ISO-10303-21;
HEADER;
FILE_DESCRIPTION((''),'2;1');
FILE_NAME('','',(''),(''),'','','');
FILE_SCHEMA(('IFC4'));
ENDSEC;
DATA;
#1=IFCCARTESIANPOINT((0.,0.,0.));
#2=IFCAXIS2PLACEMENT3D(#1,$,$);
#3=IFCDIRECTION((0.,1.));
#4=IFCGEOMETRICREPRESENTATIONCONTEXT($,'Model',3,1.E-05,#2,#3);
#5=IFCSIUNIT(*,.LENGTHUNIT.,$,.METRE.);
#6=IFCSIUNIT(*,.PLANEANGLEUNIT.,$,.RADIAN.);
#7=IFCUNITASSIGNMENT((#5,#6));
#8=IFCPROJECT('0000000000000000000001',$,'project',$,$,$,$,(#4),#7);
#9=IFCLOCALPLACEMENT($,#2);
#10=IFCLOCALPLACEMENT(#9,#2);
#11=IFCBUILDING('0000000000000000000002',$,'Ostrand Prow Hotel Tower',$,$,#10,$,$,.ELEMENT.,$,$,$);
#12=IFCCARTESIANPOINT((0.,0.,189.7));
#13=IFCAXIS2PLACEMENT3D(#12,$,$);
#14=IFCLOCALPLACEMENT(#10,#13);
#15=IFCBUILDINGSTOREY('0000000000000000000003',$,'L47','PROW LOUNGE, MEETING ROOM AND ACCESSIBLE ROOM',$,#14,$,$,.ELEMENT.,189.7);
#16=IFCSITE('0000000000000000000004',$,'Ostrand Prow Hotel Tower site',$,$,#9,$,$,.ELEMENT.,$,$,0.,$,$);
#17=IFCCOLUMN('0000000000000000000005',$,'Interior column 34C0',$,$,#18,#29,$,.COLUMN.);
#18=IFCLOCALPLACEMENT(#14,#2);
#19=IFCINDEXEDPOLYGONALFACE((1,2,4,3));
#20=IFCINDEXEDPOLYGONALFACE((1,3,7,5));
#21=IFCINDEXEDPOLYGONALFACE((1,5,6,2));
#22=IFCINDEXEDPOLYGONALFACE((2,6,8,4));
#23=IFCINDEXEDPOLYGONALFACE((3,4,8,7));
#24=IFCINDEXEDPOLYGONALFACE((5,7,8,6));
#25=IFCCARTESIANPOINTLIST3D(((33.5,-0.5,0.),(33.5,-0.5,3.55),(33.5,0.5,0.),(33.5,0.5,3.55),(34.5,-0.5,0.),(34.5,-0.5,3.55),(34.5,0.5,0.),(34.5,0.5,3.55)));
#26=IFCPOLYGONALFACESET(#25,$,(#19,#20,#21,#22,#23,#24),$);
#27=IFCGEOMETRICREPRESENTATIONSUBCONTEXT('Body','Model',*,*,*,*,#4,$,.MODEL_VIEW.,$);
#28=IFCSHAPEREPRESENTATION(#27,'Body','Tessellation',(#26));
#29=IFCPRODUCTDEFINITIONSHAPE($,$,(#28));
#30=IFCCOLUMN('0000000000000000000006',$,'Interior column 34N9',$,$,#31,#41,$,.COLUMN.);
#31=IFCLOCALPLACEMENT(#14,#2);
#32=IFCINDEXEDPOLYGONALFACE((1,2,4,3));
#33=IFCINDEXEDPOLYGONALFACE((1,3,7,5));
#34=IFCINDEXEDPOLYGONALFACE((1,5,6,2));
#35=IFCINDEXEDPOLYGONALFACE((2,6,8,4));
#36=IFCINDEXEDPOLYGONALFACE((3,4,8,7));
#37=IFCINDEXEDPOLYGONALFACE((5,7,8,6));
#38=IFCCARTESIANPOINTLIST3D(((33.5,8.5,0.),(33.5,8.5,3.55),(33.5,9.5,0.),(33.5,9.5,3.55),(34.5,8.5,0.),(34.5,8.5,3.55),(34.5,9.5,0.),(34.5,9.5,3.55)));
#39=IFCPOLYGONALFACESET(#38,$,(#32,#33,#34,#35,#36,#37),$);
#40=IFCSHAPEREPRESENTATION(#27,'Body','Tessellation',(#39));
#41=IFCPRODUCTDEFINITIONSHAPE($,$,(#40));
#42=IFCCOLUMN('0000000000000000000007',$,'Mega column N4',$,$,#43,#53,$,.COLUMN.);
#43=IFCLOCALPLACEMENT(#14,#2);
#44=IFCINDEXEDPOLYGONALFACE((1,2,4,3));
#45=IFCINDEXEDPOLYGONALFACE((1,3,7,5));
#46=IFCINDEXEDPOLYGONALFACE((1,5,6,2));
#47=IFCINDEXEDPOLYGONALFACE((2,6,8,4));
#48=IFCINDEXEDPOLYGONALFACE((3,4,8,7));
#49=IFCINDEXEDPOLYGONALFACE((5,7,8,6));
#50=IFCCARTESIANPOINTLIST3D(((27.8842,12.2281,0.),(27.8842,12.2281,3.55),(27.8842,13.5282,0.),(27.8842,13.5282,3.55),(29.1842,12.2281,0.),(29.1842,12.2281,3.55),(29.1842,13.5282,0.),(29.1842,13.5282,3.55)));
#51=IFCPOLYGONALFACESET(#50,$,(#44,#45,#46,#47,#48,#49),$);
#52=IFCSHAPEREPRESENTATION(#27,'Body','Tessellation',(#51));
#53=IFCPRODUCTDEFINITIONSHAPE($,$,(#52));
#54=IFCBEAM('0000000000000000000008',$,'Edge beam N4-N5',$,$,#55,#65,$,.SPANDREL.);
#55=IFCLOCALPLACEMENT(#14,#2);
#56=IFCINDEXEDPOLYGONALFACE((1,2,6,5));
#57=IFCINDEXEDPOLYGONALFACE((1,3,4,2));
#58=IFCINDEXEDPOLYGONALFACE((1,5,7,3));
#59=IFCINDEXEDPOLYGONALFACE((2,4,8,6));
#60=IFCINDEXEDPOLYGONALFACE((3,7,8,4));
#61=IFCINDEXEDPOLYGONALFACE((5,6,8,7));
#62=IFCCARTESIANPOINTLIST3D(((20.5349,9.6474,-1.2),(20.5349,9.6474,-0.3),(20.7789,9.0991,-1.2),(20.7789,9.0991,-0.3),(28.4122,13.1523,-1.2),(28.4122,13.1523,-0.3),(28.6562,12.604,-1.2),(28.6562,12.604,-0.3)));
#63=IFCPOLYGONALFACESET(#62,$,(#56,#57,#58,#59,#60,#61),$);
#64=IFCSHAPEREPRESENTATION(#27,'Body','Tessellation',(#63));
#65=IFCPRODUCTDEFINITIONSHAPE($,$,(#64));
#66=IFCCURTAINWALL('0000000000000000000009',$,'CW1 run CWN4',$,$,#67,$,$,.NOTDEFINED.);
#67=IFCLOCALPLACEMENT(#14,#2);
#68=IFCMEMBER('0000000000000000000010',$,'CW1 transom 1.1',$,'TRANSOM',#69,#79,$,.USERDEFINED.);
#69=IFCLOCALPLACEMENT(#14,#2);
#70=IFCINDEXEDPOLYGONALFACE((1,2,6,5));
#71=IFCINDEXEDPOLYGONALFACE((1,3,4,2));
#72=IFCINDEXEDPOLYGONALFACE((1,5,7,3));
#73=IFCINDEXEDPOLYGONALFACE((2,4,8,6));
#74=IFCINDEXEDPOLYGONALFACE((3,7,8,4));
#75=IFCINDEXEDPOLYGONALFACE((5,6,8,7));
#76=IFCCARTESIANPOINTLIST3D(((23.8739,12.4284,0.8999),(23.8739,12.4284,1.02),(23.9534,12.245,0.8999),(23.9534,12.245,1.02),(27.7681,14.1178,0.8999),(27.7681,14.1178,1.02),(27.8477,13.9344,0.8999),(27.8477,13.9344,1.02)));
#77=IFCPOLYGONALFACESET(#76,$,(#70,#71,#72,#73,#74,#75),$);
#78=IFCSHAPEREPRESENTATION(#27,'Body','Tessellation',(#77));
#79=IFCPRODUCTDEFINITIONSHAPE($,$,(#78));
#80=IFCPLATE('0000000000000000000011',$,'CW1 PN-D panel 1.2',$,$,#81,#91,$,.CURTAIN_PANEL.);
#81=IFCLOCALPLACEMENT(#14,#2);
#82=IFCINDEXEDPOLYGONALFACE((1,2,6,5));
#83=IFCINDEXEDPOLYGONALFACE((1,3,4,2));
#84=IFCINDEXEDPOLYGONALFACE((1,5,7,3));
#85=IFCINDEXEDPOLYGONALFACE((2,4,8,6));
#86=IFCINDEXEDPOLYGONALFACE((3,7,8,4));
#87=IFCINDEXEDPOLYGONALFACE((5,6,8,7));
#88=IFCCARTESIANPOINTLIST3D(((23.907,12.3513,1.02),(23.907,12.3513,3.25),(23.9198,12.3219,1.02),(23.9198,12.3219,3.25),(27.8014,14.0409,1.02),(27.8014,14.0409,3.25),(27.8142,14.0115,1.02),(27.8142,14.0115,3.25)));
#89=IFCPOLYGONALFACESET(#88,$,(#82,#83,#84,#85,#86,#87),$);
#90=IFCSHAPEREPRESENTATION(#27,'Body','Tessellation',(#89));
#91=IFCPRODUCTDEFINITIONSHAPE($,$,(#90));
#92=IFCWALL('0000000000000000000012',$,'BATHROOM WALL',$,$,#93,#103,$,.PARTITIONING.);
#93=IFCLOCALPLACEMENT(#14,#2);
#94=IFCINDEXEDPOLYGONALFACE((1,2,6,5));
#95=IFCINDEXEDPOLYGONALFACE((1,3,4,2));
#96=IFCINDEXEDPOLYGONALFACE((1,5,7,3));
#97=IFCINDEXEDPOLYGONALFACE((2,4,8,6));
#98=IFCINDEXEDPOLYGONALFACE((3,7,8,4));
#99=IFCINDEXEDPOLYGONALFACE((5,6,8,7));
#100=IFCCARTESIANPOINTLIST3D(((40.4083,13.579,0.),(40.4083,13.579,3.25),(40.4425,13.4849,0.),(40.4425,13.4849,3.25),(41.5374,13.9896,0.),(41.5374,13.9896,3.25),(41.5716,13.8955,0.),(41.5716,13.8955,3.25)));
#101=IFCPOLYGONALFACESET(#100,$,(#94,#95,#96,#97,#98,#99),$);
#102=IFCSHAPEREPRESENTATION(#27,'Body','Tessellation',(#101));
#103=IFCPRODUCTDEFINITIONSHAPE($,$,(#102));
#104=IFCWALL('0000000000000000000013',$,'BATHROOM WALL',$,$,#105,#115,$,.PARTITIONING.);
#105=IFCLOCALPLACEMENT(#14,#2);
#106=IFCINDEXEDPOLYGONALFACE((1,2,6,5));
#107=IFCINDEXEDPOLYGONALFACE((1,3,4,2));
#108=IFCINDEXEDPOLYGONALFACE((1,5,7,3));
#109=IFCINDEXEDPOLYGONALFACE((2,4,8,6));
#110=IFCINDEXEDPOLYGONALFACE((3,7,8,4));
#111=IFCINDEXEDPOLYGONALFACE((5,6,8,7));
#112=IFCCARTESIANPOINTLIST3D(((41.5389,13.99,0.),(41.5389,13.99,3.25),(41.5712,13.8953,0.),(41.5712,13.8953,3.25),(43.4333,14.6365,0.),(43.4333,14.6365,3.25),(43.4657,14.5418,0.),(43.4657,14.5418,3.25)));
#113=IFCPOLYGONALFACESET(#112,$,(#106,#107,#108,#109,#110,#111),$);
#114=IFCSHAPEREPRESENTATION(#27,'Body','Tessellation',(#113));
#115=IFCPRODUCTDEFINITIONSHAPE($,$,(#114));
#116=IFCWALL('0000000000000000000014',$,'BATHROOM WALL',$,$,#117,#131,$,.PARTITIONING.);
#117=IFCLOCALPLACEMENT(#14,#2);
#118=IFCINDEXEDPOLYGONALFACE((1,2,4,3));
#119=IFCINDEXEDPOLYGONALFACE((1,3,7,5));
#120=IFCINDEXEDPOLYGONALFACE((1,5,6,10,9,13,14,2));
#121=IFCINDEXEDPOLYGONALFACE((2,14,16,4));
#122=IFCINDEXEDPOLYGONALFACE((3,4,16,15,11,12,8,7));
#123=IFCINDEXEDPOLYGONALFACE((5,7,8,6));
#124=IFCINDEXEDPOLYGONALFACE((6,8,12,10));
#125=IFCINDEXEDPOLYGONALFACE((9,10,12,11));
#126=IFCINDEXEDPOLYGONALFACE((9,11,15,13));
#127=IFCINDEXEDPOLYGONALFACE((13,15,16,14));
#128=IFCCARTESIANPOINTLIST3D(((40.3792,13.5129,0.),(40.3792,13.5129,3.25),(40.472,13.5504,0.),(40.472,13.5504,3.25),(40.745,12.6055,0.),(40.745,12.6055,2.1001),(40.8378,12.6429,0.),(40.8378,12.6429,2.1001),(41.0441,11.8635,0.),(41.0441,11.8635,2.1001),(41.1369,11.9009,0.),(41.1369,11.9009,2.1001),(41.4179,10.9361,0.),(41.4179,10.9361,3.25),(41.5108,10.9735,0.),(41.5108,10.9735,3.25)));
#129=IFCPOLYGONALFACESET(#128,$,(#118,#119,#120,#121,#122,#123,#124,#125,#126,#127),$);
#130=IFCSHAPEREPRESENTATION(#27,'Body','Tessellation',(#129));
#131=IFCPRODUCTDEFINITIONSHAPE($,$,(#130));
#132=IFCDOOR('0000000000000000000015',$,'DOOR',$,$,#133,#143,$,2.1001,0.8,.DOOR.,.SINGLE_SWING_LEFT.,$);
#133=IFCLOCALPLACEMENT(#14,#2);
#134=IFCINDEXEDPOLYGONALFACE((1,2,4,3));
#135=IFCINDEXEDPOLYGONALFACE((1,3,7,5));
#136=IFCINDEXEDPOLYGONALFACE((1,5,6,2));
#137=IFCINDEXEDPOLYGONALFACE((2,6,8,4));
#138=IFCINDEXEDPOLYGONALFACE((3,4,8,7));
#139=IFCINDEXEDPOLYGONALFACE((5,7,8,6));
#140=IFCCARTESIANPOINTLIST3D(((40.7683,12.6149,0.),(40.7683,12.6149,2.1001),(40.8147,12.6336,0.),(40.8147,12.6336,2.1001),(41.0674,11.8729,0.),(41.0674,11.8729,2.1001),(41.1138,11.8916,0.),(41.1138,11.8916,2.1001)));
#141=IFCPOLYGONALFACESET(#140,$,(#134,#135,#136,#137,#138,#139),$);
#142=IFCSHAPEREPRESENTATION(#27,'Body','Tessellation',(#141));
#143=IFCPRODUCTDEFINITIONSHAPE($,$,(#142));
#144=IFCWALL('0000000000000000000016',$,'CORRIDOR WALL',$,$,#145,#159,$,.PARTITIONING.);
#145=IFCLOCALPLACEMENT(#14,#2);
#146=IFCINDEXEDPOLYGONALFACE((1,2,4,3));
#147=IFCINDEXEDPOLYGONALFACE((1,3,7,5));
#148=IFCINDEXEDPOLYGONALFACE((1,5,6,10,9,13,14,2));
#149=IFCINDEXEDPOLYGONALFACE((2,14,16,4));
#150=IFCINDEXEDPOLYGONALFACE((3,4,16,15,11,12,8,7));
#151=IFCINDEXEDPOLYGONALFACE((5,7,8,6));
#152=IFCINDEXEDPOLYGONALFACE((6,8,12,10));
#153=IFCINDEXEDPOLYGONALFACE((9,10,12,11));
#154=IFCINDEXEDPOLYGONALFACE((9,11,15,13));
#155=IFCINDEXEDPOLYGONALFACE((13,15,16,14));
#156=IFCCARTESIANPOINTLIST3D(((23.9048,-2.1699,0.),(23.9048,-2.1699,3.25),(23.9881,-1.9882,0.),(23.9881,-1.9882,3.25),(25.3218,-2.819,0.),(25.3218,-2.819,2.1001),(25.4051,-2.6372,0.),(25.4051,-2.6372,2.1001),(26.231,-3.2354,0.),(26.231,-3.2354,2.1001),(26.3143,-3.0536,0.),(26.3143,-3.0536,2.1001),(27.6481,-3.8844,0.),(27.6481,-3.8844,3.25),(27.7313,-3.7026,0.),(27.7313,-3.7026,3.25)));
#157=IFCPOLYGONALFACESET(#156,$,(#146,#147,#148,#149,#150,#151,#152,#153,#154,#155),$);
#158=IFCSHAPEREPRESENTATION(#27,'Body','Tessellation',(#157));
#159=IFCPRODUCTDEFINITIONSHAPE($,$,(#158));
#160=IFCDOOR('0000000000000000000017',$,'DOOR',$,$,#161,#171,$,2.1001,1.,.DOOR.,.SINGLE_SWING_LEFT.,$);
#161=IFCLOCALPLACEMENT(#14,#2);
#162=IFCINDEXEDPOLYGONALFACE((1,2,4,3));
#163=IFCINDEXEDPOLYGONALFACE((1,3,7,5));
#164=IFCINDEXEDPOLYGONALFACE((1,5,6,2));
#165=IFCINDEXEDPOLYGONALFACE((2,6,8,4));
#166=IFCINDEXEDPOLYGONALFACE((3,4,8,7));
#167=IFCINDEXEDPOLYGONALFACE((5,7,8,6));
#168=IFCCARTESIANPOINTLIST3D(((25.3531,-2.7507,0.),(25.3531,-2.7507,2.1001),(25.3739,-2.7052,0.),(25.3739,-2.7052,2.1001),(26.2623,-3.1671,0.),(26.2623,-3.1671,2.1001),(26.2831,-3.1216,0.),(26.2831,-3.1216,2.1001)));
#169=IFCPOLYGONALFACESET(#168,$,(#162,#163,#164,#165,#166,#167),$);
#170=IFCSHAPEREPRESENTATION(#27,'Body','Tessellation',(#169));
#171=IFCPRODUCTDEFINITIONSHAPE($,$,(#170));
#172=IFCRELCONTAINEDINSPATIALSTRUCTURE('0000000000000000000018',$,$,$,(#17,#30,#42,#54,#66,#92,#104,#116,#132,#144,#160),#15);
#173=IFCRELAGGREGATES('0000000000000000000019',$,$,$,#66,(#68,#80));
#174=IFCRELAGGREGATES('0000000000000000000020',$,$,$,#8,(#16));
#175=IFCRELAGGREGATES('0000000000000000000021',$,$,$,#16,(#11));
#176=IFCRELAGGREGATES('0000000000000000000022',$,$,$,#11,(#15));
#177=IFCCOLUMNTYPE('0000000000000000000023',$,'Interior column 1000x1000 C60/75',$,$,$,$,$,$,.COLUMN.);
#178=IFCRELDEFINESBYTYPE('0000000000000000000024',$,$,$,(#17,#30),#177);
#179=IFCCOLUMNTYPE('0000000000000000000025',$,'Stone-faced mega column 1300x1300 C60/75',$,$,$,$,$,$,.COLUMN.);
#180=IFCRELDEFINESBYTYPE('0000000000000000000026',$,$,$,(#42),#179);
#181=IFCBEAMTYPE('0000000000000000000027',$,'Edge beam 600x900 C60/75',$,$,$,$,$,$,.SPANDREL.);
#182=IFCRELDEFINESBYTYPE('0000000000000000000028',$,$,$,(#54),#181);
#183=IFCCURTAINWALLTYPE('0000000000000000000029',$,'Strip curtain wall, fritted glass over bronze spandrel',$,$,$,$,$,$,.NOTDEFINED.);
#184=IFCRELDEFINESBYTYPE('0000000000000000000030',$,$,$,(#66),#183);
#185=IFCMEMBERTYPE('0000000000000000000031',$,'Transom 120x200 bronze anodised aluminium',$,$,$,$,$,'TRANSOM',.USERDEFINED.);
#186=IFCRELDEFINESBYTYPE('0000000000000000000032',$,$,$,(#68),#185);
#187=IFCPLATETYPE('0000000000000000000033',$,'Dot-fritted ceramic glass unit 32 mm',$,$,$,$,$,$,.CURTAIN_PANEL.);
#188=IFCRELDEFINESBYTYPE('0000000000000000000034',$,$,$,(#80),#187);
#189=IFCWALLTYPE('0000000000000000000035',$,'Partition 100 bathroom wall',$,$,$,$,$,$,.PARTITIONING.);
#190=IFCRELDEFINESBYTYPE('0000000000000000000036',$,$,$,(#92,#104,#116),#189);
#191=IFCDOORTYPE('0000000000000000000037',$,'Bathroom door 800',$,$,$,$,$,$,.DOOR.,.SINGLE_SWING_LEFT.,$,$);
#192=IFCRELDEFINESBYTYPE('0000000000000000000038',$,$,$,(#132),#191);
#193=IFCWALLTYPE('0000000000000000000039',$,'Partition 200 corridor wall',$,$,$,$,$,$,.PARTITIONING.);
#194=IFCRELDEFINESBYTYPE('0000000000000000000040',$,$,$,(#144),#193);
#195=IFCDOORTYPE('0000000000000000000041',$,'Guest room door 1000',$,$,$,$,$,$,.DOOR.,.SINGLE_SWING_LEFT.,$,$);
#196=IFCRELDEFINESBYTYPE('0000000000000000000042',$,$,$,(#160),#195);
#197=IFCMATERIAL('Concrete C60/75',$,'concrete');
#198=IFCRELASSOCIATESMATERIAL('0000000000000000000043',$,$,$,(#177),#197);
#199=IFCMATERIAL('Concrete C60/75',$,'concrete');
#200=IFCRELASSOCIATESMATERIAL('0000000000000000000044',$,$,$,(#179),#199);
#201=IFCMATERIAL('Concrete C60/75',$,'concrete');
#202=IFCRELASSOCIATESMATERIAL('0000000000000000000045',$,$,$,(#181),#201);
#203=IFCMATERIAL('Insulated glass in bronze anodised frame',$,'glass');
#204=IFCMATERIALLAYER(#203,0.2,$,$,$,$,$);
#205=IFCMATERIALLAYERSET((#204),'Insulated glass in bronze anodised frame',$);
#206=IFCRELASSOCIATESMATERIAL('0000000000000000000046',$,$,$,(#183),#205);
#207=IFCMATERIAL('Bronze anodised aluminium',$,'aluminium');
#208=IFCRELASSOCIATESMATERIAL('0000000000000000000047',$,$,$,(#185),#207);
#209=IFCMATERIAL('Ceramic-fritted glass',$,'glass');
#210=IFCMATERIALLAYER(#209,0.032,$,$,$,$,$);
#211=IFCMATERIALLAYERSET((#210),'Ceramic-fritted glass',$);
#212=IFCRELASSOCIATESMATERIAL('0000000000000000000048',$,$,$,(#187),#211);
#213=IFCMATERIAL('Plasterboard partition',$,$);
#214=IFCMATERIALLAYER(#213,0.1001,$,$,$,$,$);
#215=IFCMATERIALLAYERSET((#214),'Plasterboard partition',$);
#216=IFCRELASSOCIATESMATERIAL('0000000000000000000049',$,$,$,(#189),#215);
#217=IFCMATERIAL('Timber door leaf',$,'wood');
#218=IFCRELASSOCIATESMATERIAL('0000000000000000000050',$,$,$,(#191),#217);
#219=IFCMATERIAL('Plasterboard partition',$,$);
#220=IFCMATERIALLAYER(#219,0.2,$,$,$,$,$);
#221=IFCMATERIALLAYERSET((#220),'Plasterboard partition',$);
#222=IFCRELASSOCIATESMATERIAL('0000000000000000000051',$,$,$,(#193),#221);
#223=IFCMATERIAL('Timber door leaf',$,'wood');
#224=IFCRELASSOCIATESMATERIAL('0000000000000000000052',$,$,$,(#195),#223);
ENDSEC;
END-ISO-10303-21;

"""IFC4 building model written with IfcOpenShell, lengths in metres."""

from ifc_helpers import new_model, si_unit, direction, frame, frame_2d, origin, origin_2d, place, context, subcontext, project, spatial, rectangle, extrude, material, layer, layer_set, material_profile, profile_set, type_object, element, fill, aggregate, save


model = new_model("IFC4")

# Units and contexts
model_context = context("Model", 3, precision=1e-05, world=origin(), true_north=direction((0.0, 1.0)))
body_context = subcontext(model_context, "Body", "Model", "MODEL_VIEW")
ifc_project = project(units=[si_unit("LENGTHUNIT", "METRE"), si_unit("PLANEANGLEUNIT", "RADIAN")], contexts=[model_context])

# Site, building, storey
site_placement = place(None, origin())
site = spatial("IfcSite", under=ifc_project, at=site_placement, Name="Ostrand Prow Hotel Tower site", CompositionType="ELEMENT", RefElevation=0.0)
building_placement = place(site_placement, origin())
building = spatial("IfcBuilding", under=site, at=building_placement, Name="Ostrand Prow Hotel Tower", CompositionType="ELEMENT")
storey_placement = place(building_placement, frame((0.0, 0.0, 189.7)))
storey = spatial("IfcBuildingStorey", under=building, at=storey_placement, Name="L47", Description="PROW LOUNGE, MEETING ROOM AND ACCESSIBLE ROOM", CompositionType="ELEMENT", Elevation=189.7)

# Columns
ifc_material_1 = material(Name="Concrete C60/75", Category="concrete")
ifc_material_profile_1 = material_profile(ifc_material_1, rectangle(XDim=1.0, YDim=1.0, at=origin_2d()), Name="RC 1000x1000")
ifc_profile_set_1 = profile_set([ifc_material_profile_1], Name="Concrete C60/75")
column_type_1 = type_object("IfcColumnType", Name="Interior column 1000x1000 C60/75", PredefinedType="COLUMN", material=ifc_profile_set_1)
for number, where, z_axis, x_axis, name in (
    (1, (34.0, 0.0, 0.0), (0.0, 0.0, 1.0), (1.0, 0.0, 0.0), "Interior column 34C0"),
    (2, (34.0, 9.0, 0.0), (0.0, 0.0, 1.0), (1.0, 0.0, 0.0), "Interior column 34N9"),
):
    element("IfcColumn", number, at=place(storey_placement, frame(where, z_axis=z_axis, x_axis=x_axis)), inside=storey, type_object=column_type_1, Name=name, PredefinedType="COLUMN", context=body_context, shape_type="SweptSolid", body=[
        extrude(rectangle(XDim=1.0, YDim=1.0, at=origin_2d()), origin(), (0.0, 0.0, 1.0), 3.55),
    ])
ifc_material_2 = material(Name="Concrete C60/75", Category="concrete")
ifc_material_profile_2 = material_profile(ifc_material_2, rectangle(XDim=1.3, YDim=1.3, at=origin_2d()), Name="RC 1300x1300")
ifc_profile_set_2 = profile_set([ifc_material_profile_2], Name="Concrete C60/75")
column_type_2 = type_object("IfcColumnType", Name="Stone-faced mega column 1300x1300 C60/75", PredefinedType="COLUMN", material=ifc_profile_set_2)
column_placement = place(storey_placement, frame((28.5342, 12.8782, 0.0), z_axis=(0.0, 0.0, 1.0), x_axis=(1.0, 0.0, 0.0)))
element("IfcColumn", 3, at=column_placement, inside=storey, type_object=column_type_2, Name="Mega column N4", PredefinedType="COLUMN", context=body_context, shape_type="SweptSolid", body=[
    extrude(rectangle(XDim=1.3, YDim=1.3, at=origin_2d()), origin(), (0.0, 0.0, 1.0), 3.55),
])

# Beam
ifc_material_3 = material(Name="Concrete C60/75", Category="concrete")
ifc_material_profile_3 = material_profile(ifc_material_3, rectangle(XDim=0.6001, YDim=0.8999, at=origin_2d()), Name="RC 600x900")
ifc_profile_set_3 = profile_set([ifc_material_profile_3], Name="Concrete C60/75")
beam_type = type_object("IfcBeamType", Name="Edge beam 600x900 C60/75", PredefinedType="SPANDREL", material=ifc_profile_set_3)
beam_placement = place(storey_placement, frame((28.5342, 12.8782, -0.75), z_axis=(-0.913643, -0.406517, 0.0), x_axis=(0.406517, -0.913643, 0.0)))
element("IfcBeam", 4, at=beam_placement, inside=storey, type_object=beam_type, Name="Edge beam N4-N5", PredefinedType="SPANDREL", context=body_context, shape_type="SweptSolid", body=[
    extrude(rectangle(XDim=0.6001, YDim=0.8999, at=origin_2d()), origin(), (0.0, 0.0, 1.0), 8.6218),
])

# Curtain wall, member, plate
ifc_material_4 = material(Name="Insulated glass in bronze anodised frame", Category="glass")
ifc_layer_1 = layer(ifc_material_4, 0.2)
ifc_layer_set_1 = layer_set([ifc_layer_1], Name="Insulated glass in bronze anodised frame")
curtain_wall_type = type_object("IfcCurtainWallType", Name="Strip curtain wall, fritted glass over bronze spandrel", PredefinedType="NOTDEFINED", material=ifc_layer_set_1)
curtain_wall_placement = place(storey_placement, origin())
curtain_wall = element("IfcCurtainWall", 5, at=curtain_wall_placement, inside=storey, type_object=curtain_wall_type, Name="CW1 run CWN4", PredefinedType="NOTDEFINED")
ifc_material_5 = material(Name="Bronze anodised aluminium", Category="aluminium")
ifc_material_profile_4 = material_profile(ifc_material_5, rectangle(XDim=0.2, YDim=0.1201, at=origin_2d()), Name="Transom 120x200 bronze anodised aluminium")
ifc_profile_set_4 = profile_set([ifc_material_profile_4], Name="Bronze anodised aluminium")
member_type = type_object("IfcMemberType", Name="Transom 120x200 bronze anodised aluminium", ElementType="TRANSOM", PredefinedType="USERDEFINED", material=ifc_profile_set_4)
member_placement = place(storey_placement, frame((27.8079, 14.0261, 0.96), z_axis=(-0.91739, -0.39799, 0.0), x_axis=(0.39799, -0.91739, 0.0)))
member = element("IfcMember", 6, at=member_placement, type_object=member_type, Name="CW1 transom 1.1", ObjectType="TRANSOM", PredefinedType="USERDEFINED", context=body_context, shape_type="SweptSolid", body=[
    extrude(rectangle(XDim=0.2, YDim=0.1201, at=origin_2d()), origin(), (0.0, 0.0, 1.0), 4.2449),
])
ifc_material_6 = material(Name="Ceramic-fritted glass", Category="glass")
ifc_layer_2 = layer(ifc_material_6, 0.032)
ifc_layer_set_2 = layer_set([ifc_layer_2], Name="Ceramic-fritted glass")
plate_type = type_object("IfcPlateType", Name="Dot-fritted ceramic glass unit 32 mm", PredefinedType="CURTAIN_PANEL", material=ifc_layer_set_2)
plate_placement = place(storey_placement, frame((25.8606, 13.1814, 1.02), z_axis=(0.0, 0.0, 1.0), x_axis=(-0.917383, -0.398005, 0.0)))
plate = element("IfcPlate", 7, at=plate_placement, type_object=plate_type, Name="CW1 PN-D panel 1.2", PredefinedType="CURTAIN_PANEL", context=body_context, shape_type="SweptSolid", body=[
    extrude(rectangle(XDim=4.2451, YDim=0.032, at=origin_2d()), origin(), (0.0, 0.0, 1.0), 2.23),
])
aggregate(curtain_wall, [member, plate])

# Walls
ifc_material_7 = material(Name="Plasterboard partition")
ifc_layer_3 = layer(ifc_material_7, 0.1001)
ifc_layer_set_3 = layer_set([ifc_layer_3], Name="Plasterboard partition")
wall_type_1 = type_object("IfcWallType", Name="Partition 100 bathroom wall", PredefinedType="PARTITIONING", material=ifc_layer_set_3)
wall_1_placement = place(storey_placement, frame((40.4255, 13.532, 0.0), z_axis=(0.0, 0.0, 1.0), x_axis=(0.939782, 0.341776, 0.0)))
element("IfcWall", 8, at=wall_1_placement, inside=storey, type_object=wall_type_1, Name="BATHROOM WALL", PredefinedType="PARTITIONING", context=body_context, shape_type="SweptSolid", body=[
    extrude(rectangle(XDim=1.2014, YDim=0.1001, at=frame_2d((0.6006, 0.0))), origin(), (0.0, 0.0, 1.0), 3.25),
])
wall_2_placement = place(storey_placement, frame((41.5549, 13.9426, 0.0), z_axis=(0.0, 0.0, 1.0), x_axis=(0.946415, 0.322952, 0.0)))
element("IfcWall", 9, at=wall_2_placement, inside=storey, type_object=wall_type_1, Name="BATHROOM WALL", PredefinedType="PARTITIONING", context=body_context, shape_type="SweptSolid", body=[
    extrude(rectangle(XDim=2.0017, YDim=0.1001, at=frame_2d((1.001, 0.0))), origin(), (0.0, 0.0, 1.0), 3.25),
])

# Walls, openings, doors
wall_3_placement = place(storey_placement, frame((41.4644, 10.9548, 0.0), z_axis=(0.0, 0.0, 1.0), x_axis=(-0.373889, 0.927473, 0.0)))
wall_3 = element("IfcWall", 10, at=wall_3_placement, inside=storey, type_object=wall_type_1, Name="BATHROOM WALL", PredefinedType="PARTITIONING", context=body_context, shape_type="SweptSolid", body=[
    extrude(rectangle(XDim=2.7783, YDim=0.1001, at=frame_2d((1.3892, 0.0))), origin(), (0.0, 0.0, 1.0), 3.25),
])
opening_1_placement = place(wall_3_placement, frame((1.0, 0.0, 0.0)))
opening_1 = element("IfcOpeningElement", 11, at=opening_1_placement, cuts=wall_3, PredefinedType="OPENING", context=body_context, shape_type="SweptSolid", body=[
    extrude(rectangle(XDim=0.8, YDim=2.1001, at=frame_2d((0.3999, 1.05))), frame((0.0, 0.0601, 0.0), z_axis=(0.0, -1.0, 0.0), x_axis=(1.0, 0.0, 0.0)), (0.0, 0.0, 1.0), 0.1201),
])
ifc_material_8 = material(Name="Timber door leaf", Category="wood")
door_type_1 = type_object("IfcDoorType", Name="Bathroom door 800", OperationType="SINGLE_SWING_LEFT", PredefinedType="DOOR", material=ifc_material_8)
door_1_placement = place(opening_1_placement, origin())
door_1 = element("IfcDoor", 12, at=door_1_placement, inside=storey, type_object=door_type_1, Name="DOOR", OperationType="SINGLE_SWING_LEFT", OverallHeight=2.1001, OverallWidth=0.8, PredefinedType="DOOR", context=body_context, shape_type="SweptSolid", body=[
    extrude(rectangle(XDim=0.8, YDim=2.1001, at=frame_2d((0.3999, 1.05))), frame((0.0, 0.0249, 0.0), z_axis=(0.0, -1.0, 0.0), x_axis=(1.0, 0.0, 0.0)), (0.0, 0.0, 1.0), 0.05),
])
fill(opening_1, door_1)
ifc_material_9 = material(Name="Plasterboard partition")
ifc_layer_4 = layer(ifc_material_9, 0.2)
ifc_layer_set_4 = layer_set([ifc_layer_4], Name="Plasterboard partition")
wall_type_2 = type_object("IfcWallType", Name="Partition 200 corridor wall", PredefinedType="PARTITIONING", material=ifc_layer_set_4)
wall_4_placement = place(storey_placement, frame((27.6897, -3.7935, 0.0), z_axis=(0.0, 0.0, 1.0), x_axis=(-0.909181, 0.416402, 0.0)))
wall_4 = element("IfcWall", 13, at=wall_4_placement, inside=storey, type_object=wall_type_2, Name="CORRIDOR WALL", PredefinedType="PARTITIONING", context=body_context, shape_type="SweptSolid", body=[
    extrude(rectangle(XDim=4.1172, YDim=0.2, at=frame_2d((2.0586, 0.0))), origin(), (0.0, 0.0, 1.0), 3.25),
])
opening_2_placement = place(wall_4_placement, frame((1.5586, 0.0, 0.0)))
opening_2 = element("IfcOpeningElement", 14, at=opening_2_placement, cuts=wall_4, PredefinedType="OPENING", context=body_context, shape_type="SweptSolid", body=[
    extrude(rectangle(XDim=1.0, YDim=2.1001, at=frame_2d((0.5, 1.05))), frame((0.0, 0.1099, 0.0), z_axis=(0.0, -1.0, 0.0), x_axis=(1.0, 0.0, 0.0)), (0.0, 0.0, 1.0), 0.22),
])
ifc_material_10 = material(Name="Timber door leaf", Category="wood")
door_type_2 = type_object("IfcDoorType", Name="Guest room door 1000", OperationType="SINGLE_SWING_LEFT", PredefinedType="DOOR", material=ifc_material_10)
door_2_placement = place(opening_2_placement, origin())
door_2 = element("IfcDoor", 15, at=door_2_placement, inside=storey, type_object=door_type_2, Name="DOOR", OperationType="SINGLE_SWING_LEFT", OverallHeight=2.1001, OverallWidth=1.0, PredefinedType="DOOR", context=body_context, shape_type="SweptSolid", body=[
    extrude(rectangle(XDim=1.0, YDim=2.1001, at=frame_2d((0.5, 1.05))), frame((0.0, 0.0249, 0.0), z_axis=(0.0, -1.0, 0.0), x_axis=(1.0, 0.0, 0.0)), (0.0, 0.0, 1.0), 0.05),
])
fill(opening_2, door_2)

save(model, "model.ifc")
